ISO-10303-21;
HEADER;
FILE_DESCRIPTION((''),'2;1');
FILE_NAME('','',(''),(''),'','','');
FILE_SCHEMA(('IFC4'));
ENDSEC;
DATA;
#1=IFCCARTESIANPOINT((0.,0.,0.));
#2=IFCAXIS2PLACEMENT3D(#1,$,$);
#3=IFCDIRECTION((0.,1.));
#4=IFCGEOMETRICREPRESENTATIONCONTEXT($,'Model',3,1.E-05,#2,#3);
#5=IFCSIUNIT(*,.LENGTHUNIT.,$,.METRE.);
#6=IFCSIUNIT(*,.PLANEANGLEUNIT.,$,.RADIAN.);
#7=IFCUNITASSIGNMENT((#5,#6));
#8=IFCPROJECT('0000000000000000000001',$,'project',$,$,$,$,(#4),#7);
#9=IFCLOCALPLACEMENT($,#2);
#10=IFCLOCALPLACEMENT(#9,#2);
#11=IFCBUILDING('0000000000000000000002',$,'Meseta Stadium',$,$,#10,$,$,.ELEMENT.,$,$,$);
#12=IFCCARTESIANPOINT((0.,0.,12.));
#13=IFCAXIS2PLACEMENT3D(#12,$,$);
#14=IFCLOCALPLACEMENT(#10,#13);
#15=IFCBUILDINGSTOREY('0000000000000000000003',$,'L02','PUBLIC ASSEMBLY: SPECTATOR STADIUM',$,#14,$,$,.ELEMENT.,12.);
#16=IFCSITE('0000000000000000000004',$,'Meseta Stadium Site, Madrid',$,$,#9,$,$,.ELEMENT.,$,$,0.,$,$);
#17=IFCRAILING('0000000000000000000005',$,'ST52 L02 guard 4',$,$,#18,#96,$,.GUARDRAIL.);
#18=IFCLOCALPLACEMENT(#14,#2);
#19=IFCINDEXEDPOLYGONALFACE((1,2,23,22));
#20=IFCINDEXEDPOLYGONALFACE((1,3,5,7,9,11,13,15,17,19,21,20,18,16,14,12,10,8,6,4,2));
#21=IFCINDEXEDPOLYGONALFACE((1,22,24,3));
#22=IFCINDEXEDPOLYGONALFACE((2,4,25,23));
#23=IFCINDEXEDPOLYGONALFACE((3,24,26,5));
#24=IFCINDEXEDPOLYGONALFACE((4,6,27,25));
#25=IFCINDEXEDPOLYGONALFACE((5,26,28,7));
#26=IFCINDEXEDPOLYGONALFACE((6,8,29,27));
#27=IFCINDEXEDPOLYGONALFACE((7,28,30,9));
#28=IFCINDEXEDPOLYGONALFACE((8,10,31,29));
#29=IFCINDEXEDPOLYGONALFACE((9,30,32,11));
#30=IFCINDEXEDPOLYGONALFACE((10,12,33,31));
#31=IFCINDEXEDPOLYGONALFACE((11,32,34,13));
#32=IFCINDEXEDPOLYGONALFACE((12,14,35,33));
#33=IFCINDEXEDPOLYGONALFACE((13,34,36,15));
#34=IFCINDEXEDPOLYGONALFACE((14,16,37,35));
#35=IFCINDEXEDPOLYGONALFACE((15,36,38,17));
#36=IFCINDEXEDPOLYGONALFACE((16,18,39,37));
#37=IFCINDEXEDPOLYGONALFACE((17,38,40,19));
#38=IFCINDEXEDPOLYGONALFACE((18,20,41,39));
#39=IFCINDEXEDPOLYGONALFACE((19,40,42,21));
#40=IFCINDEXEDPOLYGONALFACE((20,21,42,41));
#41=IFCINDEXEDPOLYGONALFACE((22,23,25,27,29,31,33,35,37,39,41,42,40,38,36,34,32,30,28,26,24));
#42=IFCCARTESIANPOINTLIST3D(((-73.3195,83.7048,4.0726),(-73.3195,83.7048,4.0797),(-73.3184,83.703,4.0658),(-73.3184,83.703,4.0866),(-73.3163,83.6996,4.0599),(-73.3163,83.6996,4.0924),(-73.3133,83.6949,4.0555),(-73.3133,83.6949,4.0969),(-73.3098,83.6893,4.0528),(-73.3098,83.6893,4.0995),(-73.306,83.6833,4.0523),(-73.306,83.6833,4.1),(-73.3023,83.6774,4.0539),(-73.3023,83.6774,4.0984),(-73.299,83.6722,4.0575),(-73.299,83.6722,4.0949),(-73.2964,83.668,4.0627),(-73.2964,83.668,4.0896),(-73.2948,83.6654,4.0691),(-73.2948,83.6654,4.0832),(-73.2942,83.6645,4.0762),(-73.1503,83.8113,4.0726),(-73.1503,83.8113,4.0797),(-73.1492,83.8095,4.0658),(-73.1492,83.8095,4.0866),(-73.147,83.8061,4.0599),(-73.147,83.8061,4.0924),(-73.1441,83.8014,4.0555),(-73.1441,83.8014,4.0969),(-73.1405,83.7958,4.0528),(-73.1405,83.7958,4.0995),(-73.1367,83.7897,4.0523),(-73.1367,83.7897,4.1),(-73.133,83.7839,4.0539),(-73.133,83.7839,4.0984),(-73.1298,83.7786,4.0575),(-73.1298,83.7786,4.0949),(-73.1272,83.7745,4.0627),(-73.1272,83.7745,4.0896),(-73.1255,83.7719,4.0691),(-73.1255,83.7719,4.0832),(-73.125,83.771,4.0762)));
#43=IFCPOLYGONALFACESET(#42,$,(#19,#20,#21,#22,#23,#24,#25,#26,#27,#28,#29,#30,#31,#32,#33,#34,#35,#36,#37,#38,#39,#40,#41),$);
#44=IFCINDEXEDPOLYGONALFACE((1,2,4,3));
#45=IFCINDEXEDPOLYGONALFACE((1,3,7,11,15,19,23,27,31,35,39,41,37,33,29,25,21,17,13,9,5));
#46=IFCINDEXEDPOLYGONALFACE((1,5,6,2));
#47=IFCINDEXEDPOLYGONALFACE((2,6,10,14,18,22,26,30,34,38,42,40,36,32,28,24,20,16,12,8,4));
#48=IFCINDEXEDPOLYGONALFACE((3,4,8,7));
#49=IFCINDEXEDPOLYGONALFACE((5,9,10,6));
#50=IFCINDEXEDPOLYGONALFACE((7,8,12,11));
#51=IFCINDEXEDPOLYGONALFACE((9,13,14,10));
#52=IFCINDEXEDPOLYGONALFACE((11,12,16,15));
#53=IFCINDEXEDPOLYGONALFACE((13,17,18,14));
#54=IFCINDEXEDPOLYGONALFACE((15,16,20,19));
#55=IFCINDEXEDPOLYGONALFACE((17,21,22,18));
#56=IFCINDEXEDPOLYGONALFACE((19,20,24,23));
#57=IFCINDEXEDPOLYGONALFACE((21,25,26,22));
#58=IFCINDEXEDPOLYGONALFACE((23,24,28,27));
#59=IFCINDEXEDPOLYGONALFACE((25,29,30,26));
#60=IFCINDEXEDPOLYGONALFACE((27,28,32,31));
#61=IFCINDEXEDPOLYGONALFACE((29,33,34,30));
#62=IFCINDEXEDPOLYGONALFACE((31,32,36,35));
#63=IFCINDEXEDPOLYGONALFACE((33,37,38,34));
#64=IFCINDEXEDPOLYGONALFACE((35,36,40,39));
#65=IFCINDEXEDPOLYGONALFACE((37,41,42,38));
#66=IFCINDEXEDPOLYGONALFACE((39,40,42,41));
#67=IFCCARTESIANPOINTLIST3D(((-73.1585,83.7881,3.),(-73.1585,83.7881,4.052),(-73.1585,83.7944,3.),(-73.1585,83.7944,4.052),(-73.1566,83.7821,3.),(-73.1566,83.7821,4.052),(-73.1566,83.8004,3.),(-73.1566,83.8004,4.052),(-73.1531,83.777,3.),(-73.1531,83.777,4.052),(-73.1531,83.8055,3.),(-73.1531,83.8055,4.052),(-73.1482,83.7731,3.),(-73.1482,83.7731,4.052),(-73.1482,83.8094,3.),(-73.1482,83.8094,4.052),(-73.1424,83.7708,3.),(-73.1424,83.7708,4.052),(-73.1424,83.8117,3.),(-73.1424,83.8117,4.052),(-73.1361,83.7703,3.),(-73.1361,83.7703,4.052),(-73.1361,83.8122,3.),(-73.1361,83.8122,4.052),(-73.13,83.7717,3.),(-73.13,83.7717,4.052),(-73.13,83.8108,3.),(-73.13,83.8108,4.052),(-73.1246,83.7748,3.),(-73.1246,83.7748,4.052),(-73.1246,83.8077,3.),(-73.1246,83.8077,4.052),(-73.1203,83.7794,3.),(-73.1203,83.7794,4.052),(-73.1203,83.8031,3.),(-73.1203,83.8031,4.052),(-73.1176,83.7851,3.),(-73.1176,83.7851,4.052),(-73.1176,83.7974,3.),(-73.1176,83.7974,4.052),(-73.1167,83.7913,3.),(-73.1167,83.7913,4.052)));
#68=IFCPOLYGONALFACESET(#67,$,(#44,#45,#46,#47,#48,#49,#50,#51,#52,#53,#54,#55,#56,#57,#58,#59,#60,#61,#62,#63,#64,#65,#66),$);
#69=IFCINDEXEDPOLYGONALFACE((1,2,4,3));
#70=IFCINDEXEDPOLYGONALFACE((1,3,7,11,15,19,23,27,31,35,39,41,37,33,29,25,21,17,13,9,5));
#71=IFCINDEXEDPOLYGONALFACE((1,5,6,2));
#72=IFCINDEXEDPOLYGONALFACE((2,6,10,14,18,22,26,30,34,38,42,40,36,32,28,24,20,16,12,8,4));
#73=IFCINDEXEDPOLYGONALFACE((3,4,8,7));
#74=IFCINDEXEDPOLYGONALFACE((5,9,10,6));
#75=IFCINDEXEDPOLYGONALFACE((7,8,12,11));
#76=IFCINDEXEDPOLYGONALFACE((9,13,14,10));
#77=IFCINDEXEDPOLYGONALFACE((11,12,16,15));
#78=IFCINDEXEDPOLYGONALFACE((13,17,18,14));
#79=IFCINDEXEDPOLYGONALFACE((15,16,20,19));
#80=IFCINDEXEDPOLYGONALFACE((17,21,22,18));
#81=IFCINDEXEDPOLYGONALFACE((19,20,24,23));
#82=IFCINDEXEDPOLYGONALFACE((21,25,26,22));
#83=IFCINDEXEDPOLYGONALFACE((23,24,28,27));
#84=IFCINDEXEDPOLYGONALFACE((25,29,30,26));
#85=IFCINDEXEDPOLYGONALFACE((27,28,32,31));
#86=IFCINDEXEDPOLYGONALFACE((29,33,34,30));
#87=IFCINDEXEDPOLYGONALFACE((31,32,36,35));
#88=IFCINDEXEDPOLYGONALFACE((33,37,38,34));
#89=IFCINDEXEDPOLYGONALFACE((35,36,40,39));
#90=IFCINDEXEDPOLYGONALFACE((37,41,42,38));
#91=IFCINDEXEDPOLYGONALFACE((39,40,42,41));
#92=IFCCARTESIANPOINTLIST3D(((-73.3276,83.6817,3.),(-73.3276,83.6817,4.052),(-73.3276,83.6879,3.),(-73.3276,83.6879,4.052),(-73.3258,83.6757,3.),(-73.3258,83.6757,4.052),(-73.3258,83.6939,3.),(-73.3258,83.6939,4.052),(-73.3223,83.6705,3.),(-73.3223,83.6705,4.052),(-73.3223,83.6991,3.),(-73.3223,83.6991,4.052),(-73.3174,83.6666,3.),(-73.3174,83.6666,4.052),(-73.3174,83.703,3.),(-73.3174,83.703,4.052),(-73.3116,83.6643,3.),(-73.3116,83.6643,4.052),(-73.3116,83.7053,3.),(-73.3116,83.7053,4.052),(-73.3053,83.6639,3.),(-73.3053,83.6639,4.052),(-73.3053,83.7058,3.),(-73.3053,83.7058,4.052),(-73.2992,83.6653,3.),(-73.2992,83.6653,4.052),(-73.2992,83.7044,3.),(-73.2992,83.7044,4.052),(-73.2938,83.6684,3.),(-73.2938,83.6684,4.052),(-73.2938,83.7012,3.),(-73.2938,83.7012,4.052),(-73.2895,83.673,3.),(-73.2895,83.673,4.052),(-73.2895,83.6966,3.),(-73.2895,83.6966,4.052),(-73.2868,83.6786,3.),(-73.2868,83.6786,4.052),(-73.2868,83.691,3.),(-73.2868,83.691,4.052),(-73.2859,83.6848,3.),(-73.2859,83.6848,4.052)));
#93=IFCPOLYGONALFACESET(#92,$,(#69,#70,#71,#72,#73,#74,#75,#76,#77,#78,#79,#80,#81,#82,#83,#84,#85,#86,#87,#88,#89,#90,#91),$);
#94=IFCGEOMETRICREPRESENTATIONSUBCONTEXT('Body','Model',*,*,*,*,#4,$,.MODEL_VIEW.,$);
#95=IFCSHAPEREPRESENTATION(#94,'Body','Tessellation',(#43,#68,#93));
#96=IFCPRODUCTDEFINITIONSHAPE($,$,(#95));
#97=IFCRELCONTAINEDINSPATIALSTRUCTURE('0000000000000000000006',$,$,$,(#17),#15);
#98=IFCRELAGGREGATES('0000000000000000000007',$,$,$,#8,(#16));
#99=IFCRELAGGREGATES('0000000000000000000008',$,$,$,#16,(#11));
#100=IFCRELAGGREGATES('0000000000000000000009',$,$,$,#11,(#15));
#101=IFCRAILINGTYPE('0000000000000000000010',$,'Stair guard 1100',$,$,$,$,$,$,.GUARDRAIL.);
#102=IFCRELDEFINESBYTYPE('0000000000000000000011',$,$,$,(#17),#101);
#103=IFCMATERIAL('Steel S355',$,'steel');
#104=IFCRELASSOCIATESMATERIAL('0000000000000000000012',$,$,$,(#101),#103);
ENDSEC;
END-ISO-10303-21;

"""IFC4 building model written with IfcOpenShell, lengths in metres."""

from ifc_helpers import new_model, si_unit, direction, frame, origin, origin_2d, place, context, subcontext, project, spatial, circle, extrude, material, type_object, element, save


model = new_model("IFC4")

# Units and contexts
model_context = context("Model", 3, precision=1e-05, world=origin(), true_north=direction((0.0, 1.0)))
body_context = subcontext(model_context, "Body", "Model", "MODEL_VIEW")
ifc_project = project(units=[si_unit("LENGTHUNIT", "METRE"), si_unit("PLANEANGLEUNIT", "RADIAN")], contexts=[model_context])

# Site, building, storey
site_placement = place(None, origin())
site = spatial("IfcSite", under=ifc_project, at=site_placement, Name="Meseta Stadium Site, Madrid", CompositionType="ELEMENT", RefElevation=0.0)
building_placement = place(site_placement, origin())
building = spatial("IfcBuilding", under=site, at=building_placement, Name="Meseta Stadium", CompositionType="ELEMENT")
storey_placement = place(building_placement, frame((0.0, 0.0, 12.0)))
storey = spatial("IfcBuildingStorey", under=building, at=storey_placement, Name="L02", Description="PUBLIC ASSEMBLY: SPECTATOR STADIUM", CompositionType="ELEMENT", Elevation=12.0)

# Railing
ifc_material_1 = material(Name="Steel S355", Category="steel")
railing_type_1 = type_object("IfcRailingType", Name="Stair guard 1100", PredefinedType="GUARDRAIL", material=ifc_material_1)
railing_1_placement = place(storey_placement, frame((-73.1377, 83.7913, 3.0)))
element("IfcRailing", 1, at=railing_1_placement, inside=storey, type_object=railing_type_1, Name="ST52 L02 guard 4", PredefinedType="GUARDRAIL", context=body_context, shape_type="SweptSolid", body=[
    extrude(circle(Radius=0.0239, at=origin_2d()), frame((0.0, 0.0, 1.0762), z_axis=(-0.846416, -0.532522, 0.0), x_axis=(0.532522, -0.846416, 0.0)), (0.0, 0.0, 1.0), 0.2),
    extrude(circle(Radius=0.021, at=origin_2d()), origin(), (0.0, 0.0, 1.0), 1.052),
    extrude(circle(Radius=0.021, at=origin_2d()), frame((-0.1692, -0.1064, 0.0)), (0.0, 0.0, 1.0), 1.052),
])

save(model, "model.ifc")
